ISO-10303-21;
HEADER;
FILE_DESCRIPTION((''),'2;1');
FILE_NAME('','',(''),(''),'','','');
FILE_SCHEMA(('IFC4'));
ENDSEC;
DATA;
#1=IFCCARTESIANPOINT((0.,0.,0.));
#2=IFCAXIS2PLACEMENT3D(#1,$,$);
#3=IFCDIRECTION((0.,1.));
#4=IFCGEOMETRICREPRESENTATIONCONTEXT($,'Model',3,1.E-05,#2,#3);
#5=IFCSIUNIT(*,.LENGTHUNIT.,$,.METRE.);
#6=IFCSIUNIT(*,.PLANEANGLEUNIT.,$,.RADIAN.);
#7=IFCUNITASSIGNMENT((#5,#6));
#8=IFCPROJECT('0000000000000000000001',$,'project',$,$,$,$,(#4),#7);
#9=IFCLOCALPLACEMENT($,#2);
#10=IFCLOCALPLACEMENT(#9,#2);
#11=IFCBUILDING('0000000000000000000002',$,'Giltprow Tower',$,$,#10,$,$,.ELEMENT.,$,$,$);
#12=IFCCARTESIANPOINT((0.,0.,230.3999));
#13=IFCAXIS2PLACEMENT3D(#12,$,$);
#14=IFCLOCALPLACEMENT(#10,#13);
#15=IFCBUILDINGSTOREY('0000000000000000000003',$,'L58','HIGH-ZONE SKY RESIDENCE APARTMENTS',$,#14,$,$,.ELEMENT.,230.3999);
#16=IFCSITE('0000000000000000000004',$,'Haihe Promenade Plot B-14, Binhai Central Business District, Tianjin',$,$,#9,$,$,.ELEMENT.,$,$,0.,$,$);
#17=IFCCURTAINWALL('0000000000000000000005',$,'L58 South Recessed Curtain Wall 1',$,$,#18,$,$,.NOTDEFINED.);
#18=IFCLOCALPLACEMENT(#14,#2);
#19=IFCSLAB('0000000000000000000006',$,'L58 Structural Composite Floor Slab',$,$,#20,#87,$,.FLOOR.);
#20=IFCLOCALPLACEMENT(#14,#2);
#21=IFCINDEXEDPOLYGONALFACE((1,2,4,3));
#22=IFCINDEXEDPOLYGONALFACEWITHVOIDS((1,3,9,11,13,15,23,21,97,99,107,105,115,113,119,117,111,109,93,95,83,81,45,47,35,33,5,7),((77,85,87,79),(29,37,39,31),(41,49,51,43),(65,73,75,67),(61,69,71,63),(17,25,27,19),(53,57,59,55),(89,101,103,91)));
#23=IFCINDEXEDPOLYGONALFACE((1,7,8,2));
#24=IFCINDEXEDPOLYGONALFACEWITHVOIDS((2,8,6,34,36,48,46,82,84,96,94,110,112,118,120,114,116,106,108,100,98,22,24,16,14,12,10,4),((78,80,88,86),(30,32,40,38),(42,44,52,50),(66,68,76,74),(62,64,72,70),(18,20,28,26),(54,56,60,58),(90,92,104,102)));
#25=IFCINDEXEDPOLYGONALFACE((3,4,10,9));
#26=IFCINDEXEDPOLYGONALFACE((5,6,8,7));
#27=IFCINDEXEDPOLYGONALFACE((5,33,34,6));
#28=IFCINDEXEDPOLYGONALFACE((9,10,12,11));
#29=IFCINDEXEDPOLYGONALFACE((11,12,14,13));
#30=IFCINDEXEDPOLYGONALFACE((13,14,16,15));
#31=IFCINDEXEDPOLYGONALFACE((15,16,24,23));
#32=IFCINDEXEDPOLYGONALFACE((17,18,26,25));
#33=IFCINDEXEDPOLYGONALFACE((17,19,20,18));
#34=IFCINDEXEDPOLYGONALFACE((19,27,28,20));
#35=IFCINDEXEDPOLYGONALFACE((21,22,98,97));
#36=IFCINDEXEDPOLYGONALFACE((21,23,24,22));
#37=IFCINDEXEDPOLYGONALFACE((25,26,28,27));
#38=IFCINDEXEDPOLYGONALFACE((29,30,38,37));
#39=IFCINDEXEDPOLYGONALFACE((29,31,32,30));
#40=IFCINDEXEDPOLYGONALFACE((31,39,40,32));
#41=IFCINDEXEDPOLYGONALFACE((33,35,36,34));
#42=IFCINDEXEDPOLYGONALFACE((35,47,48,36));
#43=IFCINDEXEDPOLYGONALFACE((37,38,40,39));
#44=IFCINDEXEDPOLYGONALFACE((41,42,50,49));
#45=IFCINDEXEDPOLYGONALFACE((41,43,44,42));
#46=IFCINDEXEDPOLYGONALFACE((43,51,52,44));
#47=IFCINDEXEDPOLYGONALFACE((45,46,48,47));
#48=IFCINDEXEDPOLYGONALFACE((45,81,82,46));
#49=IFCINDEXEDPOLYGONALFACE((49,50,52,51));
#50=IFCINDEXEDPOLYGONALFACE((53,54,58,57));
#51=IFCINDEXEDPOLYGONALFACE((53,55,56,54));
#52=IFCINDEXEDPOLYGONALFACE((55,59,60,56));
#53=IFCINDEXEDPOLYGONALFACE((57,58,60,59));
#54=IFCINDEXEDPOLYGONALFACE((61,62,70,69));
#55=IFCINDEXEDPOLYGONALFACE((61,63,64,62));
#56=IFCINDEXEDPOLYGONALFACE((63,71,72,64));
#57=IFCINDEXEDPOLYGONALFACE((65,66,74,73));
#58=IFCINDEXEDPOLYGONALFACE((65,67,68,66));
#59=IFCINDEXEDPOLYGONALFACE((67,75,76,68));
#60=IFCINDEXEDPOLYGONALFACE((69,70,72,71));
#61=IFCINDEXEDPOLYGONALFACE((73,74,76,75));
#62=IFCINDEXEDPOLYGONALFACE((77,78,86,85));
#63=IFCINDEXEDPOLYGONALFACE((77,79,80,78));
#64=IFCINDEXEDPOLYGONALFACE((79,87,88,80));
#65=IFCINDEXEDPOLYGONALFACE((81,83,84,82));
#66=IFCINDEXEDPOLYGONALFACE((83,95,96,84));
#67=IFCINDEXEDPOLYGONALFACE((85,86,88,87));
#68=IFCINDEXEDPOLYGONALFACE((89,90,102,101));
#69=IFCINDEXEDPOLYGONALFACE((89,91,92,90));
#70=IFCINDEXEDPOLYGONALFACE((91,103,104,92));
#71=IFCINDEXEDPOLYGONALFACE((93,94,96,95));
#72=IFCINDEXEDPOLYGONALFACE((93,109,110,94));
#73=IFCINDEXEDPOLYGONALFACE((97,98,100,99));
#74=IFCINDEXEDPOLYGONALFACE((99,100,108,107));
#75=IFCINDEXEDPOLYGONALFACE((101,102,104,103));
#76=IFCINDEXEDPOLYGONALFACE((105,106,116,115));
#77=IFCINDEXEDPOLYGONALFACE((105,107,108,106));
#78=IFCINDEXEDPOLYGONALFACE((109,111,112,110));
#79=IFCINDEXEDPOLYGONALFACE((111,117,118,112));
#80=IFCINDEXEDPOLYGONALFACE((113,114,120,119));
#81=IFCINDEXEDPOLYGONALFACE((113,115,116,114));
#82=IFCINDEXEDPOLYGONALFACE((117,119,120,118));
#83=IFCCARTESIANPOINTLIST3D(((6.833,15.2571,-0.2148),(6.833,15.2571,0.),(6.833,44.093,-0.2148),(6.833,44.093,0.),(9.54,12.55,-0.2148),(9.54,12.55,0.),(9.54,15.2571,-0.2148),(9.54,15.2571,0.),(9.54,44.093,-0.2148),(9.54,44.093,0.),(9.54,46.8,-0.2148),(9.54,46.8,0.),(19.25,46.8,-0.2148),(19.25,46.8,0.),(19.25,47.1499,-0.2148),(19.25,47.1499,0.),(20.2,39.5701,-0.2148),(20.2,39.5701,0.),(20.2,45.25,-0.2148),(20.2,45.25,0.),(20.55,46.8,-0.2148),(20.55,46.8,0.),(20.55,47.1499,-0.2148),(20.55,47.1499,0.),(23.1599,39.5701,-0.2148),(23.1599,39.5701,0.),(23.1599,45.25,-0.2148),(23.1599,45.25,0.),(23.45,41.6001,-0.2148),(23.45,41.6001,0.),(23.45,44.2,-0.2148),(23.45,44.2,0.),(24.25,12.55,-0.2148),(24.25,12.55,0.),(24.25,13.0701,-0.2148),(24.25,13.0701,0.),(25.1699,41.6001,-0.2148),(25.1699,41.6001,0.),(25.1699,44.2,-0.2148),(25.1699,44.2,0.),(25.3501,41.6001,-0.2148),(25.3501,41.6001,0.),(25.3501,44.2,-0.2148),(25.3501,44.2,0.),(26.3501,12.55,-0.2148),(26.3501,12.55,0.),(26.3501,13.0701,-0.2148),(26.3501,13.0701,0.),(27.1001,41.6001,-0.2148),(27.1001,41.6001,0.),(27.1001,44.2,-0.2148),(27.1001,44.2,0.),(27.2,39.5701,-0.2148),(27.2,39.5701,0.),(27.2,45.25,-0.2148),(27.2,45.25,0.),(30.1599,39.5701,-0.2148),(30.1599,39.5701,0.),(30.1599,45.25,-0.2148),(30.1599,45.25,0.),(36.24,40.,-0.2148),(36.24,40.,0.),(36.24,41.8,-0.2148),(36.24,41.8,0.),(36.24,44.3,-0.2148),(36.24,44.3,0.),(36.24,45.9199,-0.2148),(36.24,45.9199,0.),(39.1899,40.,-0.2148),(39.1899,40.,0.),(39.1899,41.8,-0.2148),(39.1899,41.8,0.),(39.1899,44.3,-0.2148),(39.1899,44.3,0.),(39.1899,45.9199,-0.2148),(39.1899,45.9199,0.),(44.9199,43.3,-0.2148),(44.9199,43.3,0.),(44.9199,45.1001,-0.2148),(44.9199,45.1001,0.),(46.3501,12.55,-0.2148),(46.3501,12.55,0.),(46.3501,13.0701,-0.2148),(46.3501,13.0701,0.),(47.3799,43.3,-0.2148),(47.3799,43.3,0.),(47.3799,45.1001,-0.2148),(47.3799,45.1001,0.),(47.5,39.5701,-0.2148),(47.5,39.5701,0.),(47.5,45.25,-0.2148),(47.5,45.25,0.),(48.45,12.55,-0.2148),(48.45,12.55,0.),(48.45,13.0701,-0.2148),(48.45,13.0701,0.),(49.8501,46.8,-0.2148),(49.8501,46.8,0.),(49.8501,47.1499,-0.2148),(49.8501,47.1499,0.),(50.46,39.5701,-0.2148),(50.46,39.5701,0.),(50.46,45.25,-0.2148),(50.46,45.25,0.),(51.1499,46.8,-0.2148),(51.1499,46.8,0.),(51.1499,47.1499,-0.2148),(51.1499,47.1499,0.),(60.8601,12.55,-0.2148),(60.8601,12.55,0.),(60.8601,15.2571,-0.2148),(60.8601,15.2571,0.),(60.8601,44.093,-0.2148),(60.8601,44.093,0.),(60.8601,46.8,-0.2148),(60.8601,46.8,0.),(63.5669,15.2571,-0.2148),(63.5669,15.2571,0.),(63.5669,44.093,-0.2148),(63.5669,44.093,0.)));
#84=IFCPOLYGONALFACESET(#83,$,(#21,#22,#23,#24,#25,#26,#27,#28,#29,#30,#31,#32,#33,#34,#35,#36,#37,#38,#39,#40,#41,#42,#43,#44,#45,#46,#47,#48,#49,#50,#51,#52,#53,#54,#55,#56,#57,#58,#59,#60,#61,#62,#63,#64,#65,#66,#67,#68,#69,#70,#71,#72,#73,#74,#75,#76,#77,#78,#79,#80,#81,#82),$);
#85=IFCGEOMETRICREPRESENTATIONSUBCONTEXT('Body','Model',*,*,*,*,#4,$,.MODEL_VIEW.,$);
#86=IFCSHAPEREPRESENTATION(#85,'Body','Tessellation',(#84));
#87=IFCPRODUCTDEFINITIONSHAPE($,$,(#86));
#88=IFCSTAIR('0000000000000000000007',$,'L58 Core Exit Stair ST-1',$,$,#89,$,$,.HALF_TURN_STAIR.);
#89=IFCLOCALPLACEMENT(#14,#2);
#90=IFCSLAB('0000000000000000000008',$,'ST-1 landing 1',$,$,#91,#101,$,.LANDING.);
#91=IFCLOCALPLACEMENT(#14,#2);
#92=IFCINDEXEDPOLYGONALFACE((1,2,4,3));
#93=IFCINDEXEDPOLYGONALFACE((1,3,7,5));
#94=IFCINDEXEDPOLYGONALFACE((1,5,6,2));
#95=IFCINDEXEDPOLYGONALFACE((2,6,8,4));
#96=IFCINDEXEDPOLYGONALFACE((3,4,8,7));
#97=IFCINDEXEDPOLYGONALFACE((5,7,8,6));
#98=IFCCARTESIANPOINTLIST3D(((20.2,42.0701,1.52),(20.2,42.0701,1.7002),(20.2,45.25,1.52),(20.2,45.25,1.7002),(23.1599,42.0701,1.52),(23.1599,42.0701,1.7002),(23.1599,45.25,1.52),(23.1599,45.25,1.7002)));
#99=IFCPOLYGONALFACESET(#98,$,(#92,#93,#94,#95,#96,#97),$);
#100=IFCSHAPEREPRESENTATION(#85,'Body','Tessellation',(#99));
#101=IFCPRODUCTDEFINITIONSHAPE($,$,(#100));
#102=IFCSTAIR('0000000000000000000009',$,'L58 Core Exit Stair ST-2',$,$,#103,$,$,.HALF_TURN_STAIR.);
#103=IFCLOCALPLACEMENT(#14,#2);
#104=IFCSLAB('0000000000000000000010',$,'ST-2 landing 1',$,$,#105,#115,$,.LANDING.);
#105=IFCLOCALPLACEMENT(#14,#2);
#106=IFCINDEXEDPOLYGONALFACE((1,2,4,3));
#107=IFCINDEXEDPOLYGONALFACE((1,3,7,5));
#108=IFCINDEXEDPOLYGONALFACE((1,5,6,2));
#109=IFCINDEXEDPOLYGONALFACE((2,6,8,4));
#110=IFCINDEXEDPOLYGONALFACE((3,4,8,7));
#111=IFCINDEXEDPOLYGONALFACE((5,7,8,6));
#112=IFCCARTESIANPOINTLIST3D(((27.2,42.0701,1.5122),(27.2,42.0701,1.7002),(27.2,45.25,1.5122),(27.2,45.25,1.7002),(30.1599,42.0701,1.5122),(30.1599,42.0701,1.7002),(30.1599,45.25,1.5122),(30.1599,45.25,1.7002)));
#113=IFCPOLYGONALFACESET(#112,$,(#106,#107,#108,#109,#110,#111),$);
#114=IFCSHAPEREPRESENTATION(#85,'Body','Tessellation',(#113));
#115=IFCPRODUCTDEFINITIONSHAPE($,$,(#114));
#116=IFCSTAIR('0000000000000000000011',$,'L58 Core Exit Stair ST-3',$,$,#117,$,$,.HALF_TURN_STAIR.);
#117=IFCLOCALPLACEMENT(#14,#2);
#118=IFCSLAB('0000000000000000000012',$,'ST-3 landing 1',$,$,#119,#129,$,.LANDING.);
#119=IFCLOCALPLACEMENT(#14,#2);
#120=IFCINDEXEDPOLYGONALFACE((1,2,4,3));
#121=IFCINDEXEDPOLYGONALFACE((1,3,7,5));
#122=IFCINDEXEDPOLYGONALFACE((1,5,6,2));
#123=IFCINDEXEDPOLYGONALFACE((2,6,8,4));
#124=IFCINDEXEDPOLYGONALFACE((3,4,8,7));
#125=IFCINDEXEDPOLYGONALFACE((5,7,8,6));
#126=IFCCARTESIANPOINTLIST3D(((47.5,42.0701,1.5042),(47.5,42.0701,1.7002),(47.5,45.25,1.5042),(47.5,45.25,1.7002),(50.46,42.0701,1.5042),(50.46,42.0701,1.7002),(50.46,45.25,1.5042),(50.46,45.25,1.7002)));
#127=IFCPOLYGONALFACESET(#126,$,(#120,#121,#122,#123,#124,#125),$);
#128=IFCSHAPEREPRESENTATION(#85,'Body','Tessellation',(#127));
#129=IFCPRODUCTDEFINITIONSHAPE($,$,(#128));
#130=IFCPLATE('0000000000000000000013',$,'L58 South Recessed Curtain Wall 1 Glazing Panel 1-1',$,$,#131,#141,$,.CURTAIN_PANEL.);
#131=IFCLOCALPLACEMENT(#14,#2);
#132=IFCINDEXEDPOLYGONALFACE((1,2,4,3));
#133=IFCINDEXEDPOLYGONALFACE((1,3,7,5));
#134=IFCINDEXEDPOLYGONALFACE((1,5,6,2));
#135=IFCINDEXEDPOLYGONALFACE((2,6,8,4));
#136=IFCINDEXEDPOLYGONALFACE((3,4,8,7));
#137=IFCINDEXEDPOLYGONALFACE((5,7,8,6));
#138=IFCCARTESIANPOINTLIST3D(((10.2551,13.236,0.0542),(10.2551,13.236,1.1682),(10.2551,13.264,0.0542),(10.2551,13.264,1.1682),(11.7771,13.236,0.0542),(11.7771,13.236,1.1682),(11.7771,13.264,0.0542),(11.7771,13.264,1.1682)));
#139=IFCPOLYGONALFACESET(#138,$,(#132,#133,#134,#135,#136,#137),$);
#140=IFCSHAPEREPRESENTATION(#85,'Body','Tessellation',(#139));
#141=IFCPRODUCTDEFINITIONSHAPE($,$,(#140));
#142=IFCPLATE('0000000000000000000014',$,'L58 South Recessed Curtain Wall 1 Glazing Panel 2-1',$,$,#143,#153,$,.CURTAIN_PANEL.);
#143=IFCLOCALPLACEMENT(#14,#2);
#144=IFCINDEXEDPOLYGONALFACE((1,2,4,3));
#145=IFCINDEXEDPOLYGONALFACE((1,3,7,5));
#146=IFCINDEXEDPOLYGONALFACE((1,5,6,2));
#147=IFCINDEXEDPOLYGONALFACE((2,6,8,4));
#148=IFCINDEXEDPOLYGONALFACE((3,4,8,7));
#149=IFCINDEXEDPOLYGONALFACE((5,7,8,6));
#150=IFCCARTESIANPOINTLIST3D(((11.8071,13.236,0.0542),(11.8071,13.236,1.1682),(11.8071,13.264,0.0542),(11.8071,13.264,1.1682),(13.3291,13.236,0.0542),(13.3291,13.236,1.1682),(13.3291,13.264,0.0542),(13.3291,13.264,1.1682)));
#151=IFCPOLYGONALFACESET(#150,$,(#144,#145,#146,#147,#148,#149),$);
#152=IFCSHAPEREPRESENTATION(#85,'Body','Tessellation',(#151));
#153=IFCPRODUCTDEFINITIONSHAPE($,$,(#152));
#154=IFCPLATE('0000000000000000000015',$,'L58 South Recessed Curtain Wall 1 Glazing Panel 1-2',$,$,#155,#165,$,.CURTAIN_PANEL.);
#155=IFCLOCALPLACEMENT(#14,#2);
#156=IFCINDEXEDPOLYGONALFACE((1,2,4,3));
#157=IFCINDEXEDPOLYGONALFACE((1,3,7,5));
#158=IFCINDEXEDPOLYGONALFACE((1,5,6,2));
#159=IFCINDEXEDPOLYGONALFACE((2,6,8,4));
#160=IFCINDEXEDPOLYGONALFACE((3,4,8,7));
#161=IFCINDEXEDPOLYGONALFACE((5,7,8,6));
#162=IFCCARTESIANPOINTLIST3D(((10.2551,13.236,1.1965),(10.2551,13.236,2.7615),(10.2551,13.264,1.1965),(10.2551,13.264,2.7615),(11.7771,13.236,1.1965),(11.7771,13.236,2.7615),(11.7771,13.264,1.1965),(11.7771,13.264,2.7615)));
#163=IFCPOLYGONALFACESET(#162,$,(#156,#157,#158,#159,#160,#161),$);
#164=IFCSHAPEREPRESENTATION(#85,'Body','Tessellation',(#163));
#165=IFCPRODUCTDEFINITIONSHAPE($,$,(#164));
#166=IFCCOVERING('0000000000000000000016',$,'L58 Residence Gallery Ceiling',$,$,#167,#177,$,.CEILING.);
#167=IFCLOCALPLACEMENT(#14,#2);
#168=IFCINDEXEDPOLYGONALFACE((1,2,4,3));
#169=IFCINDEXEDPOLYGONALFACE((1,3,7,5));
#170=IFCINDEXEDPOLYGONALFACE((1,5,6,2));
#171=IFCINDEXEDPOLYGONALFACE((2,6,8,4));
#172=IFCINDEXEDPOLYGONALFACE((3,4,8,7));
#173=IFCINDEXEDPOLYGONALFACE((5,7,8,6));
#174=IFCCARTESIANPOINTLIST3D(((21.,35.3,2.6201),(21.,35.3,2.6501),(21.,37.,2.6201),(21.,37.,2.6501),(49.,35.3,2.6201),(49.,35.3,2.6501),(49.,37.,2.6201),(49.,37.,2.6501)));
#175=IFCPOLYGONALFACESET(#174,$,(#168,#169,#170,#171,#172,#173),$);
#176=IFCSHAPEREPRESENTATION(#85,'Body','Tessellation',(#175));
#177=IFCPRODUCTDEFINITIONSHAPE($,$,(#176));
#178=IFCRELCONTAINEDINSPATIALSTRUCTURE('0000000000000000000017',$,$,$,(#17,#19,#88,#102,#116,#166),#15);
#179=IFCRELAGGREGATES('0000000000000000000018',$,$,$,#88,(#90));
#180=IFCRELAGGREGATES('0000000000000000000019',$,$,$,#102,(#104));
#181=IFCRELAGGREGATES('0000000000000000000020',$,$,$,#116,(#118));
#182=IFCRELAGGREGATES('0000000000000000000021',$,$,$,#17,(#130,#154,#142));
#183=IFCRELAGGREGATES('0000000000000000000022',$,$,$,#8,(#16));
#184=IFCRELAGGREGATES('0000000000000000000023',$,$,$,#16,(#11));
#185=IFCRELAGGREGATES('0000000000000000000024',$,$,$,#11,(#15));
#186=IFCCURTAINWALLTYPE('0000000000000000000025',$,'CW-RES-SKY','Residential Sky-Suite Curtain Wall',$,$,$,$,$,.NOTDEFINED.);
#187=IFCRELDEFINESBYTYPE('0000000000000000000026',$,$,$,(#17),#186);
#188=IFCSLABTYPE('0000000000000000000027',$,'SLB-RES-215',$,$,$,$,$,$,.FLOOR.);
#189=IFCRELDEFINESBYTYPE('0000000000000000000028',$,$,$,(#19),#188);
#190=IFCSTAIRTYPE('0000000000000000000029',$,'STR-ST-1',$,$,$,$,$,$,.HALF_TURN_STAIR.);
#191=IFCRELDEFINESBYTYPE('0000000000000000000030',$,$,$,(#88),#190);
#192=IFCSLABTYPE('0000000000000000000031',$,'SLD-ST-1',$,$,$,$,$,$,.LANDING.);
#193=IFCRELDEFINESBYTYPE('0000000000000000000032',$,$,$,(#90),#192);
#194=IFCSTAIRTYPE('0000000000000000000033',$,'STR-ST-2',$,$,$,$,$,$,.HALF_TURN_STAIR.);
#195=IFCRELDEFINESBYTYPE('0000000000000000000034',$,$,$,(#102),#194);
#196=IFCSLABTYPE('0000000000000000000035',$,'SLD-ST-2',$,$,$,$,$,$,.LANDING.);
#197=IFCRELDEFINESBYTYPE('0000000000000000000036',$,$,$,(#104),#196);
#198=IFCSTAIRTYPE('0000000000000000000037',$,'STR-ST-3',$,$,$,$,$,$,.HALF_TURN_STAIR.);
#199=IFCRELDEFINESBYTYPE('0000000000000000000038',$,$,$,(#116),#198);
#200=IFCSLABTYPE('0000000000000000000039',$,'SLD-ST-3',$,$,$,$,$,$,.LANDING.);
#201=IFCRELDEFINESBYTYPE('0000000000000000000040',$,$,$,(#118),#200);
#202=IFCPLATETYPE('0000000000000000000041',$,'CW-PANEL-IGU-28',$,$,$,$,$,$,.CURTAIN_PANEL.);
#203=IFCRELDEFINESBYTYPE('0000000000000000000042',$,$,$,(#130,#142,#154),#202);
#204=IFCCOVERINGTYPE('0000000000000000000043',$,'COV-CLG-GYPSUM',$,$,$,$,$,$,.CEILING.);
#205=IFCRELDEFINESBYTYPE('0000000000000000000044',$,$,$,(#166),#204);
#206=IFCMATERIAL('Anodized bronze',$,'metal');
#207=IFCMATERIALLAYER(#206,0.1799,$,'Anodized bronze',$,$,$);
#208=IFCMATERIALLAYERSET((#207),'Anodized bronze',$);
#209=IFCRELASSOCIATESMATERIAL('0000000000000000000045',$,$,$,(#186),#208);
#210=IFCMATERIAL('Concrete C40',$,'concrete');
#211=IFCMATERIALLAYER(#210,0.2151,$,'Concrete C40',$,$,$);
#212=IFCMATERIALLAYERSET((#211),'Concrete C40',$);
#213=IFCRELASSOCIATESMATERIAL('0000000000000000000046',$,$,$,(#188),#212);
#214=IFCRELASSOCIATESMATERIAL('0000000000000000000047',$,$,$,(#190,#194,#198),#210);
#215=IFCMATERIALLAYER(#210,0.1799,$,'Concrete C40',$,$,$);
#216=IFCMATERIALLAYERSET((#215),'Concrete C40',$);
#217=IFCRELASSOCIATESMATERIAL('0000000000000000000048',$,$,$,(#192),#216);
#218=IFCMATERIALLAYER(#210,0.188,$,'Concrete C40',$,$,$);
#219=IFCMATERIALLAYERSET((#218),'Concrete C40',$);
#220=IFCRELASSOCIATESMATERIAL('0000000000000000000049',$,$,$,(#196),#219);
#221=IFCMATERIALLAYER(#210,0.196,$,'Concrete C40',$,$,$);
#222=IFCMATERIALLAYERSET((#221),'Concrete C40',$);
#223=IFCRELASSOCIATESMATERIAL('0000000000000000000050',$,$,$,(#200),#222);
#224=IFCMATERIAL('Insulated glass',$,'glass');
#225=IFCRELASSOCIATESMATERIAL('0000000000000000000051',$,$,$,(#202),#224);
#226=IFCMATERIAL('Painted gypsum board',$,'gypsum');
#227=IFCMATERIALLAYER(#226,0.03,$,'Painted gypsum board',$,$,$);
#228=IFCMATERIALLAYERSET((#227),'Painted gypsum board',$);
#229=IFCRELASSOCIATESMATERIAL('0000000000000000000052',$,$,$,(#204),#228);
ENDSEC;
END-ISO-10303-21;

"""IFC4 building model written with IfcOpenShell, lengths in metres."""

from ifc_helpers import new_model, si_unit, direction, frame, origin, origin_2d, place, context, subcontext, project, spatial, polyline, rectangle, outline, extrude, source, transform, mapped, material, layer, layer_set, type_object, element, aggregate, save


model = new_model("IFC4")

# Units and contexts
model_context = context("Model", 3, precision=1e-05, world=origin(), true_north=direction((0.0, 1.0)))
body_context = subcontext(model_context, "Body", "Model", "MODEL_VIEW")
ifc_project = project(units=[si_unit("LENGTHUNIT", "METRE"), si_unit("PLANEANGLEUNIT", "RADIAN")], contexts=[model_context])

# Site, building, storey
site_placement = place(None, origin())
site = spatial("IfcSite", under=ifc_project, at=site_placement, Name="Haihe Promenade Plot B-14, Binhai Central Business District, Tianjin", CompositionType="ELEMENT", RefElevation=0.0)
building_placement = place(site_placement, origin())
building = spatial("IfcBuilding", under=site, at=building_placement, Name="Giltprow Tower", CompositionType="ELEMENT")
storey_placement = place(building_placement, frame((0.0, 0.0, 230.3999)))
storey = spatial("IfcBuildingStorey", under=building, at=storey_placement, Name="L58", Description="HIGH-ZONE SKY RESIDENCE APARTMENTS", CompositionType="ELEMENT", Elevation=230.3999)

# Curtain wall
ifc_material_1 = material(Name="Anodized bronze", Category="metal")
ifc_layer_1 = layer(ifc_material_1, 0.1799, Name="Anodized bronze")
ifc_layer_set_1 = layer_set([ifc_layer_1], Name="Anodized bronze")
curtain_wall_type = type_object("IfcCurtainWallType", Name="CW-RES-SKY", Description="Residential Sky-Suite Curtain Wall", PredefinedType="NOTDEFINED", material=ifc_layer_set_1)
curtain_wall_placement = place(storey_placement, origin())
curtain_wall = element("IfcCurtainWall", 1, at=curtain_wall_placement, inside=storey, type_object=curtain_wall_type, Name="L58 South Recessed Curtain Wall 1", PredefinedType="NOTDEFINED")

# Slab
ifc_material_2 = material(Name="Concrete C40", Category="concrete")
ifc_layer_2 = layer(ifc_material_2, 0.2151, Name="Concrete C40")
ifc_layer_set_2 = layer_set([ifc_layer_2], Name="Concrete C40")
slab_type_1 = type_object("IfcSlabType", Name="SLB-RES-215", PredefinedType="FLOOR", material=ifc_layer_set_2)
slab_1_placement = place(storey_placement, frame((0.0, 0.0, -0.2148)))
element("IfcSlab", 2, at=slab_1_placement, inside=storey, type_object=slab_type_1, Name="L58 Structural Composite Floor Slab", PredefinedType="FLOOR", context=body_context, shape_type="SweptSolid", body=[
    extrude(outline(polyline([(63.5669, 44.093), (63.5669, 15.2571), (60.8601, 15.2571), (60.8601, 12.55), (48.45, 12.55), (48.45, 13.0701), (46.3501, 13.0701), (46.3501, 12.55), (26.3501, 12.55), (26.3501, 13.0701), (24.25, 13.0701), (24.25, 12.55), (9.54, 12.55), (9.54, 15.2571), (6.833, 15.2571), (6.833, 44.093), (9.54, 44.093), (9.54, 46.8), (19.25, 46.8), (19.25, 47.1499), (20.55, 47.1499), (20.55, 46.8), (49.8501, 46.8), (49.8501, 47.1499), (51.1499, 47.1499), (51.1499, 46.8), (60.8601, 46.8), (60.8601, 44.093), (63.5669, 44.093)]), holes=[polyline([(39.1899, 41.8), (36.24, 41.8), (36.24, 40.0), (39.1899, 40.0), (39.1899, 41.8)]), polyline([(23.1599, 39.5701), (23.1599, 45.25), (20.2, 45.25), (20.2, 39.5701), (23.1599, 39.5701)]), polyline([(30.1599, 39.5701), (30.1599, 45.25), (27.2, 45.25), (27.2, 39.5701), (30.1599, 39.5701)]), polyline([(50.46, 45.25), (47.5, 45.25), (47.5, 39.5701), (50.46, 39.5701), (50.46, 45.25)]), polyline([(25.1699, 44.2), (23.45, 44.2), (23.45, 41.6001), (25.1699, 41.6001), (25.1699, 44.2)]), polyline([(27.1001, 44.2), (25.3501, 44.2), (25.3501, 41.6001), (27.1001, 41.6001), (27.1001, 44.2)]), polyline([(47.3799, 43.3), (47.3799, 45.1001), (44.9199, 45.1001), (44.9199, 43.3), (47.3799, 43.3)]), polyline([(39.1899, 44.3), (39.1899, 45.9199), (36.24, 45.9199), (36.24, 44.3), (39.1899, 44.3)])]), origin(), (0.0, 0.0, 1.0), 0.2148),
])

# Stairs, slabs
stair_type_1 = type_object("IfcStairType", Name="STR-ST-1", PredefinedType="HALF_TURN_STAIR", material=ifc_material_2)
stair_1_placement = place(storey_placement, origin())
stair_1 = element("IfcStair", 3, at=stair_1_placement, inside=storey, type_object=stair_type_1, Name="L58 Core Exit Stair ST-1", PredefinedType="HALF_TURN_STAIR")
ifc_layer_3 = layer(ifc_material_2, 0.1799, Name="Concrete C40")
ifc_layer_set_3 = layer_set([ifc_layer_3], Name="Concrete C40")
slab_type_2 = type_object("IfcSlabType", Name="SLD-ST-1", PredefinedType="LANDING", material=ifc_layer_set_3)
slab_2_placement = place(storey_placement, frame((0.0, 0.0, 1.52)))
slab_2 = element("IfcSlab", 4, at=slab_2_placement, type_object=slab_type_2, Name="ST-1 landing 1", PredefinedType="LANDING", context=body_context, shape_type="SweptSolid", body=[
    extrude(outline(polyline([(23.1599, 42.0701), (23.1599, 45.25), (20.2, 45.25), (20.2, 42.0701), (23.1599, 42.0701)])), origin(), (0.0, 0.0, 1.0), 0.1802),
])
aggregate(stair_1, [slab_2])
stair_type_2 = type_object("IfcStairType", Name="STR-ST-2", PredefinedType="HALF_TURN_STAIR", material=ifc_material_2)
stair_2_placement = place(storey_placement, origin())
stair_2 = element("IfcStair", 5, at=stair_2_placement, inside=storey, type_object=stair_type_2, Name="L58 Core Exit Stair ST-2", PredefinedType="HALF_TURN_STAIR")
ifc_layer_4 = layer(ifc_material_2, 0.188, Name="Concrete C40")
ifc_layer_set_4 = layer_set([ifc_layer_4], Name="Concrete C40")
slab_type_3 = type_object("IfcSlabType", Name="SLD-ST-2", PredefinedType="LANDING", material=ifc_layer_set_4)
slab_3_placement = place(storey_placement, frame((0.0, 0.0, 1.5122)))
slab_3 = element("IfcSlab", 6, at=slab_3_placement, type_object=slab_type_3, Name="ST-2 landing 1", PredefinedType="LANDING", context=body_context, shape_type="SweptSolid", body=[
    extrude(outline(polyline([(30.1599, 42.0701), (30.1599, 45.25), (27.2, 45.25), (27.2, 42.0701), (30.1599, 42.0701)])), origin(), (0.0, 0.0, 1.0), 0.188),
])
aggregate(stair_2, [slab_3])
stair_type_3 = type_object("IfcStairType", Name="STR-ST-3", PredefinedType="HALF_TURN_STAIR", material=ifc_material_2)
stair_3_placement = place(storey_placement, origin())
stair_3 = element("IfcStair", 7, at=stair_3_placement, inside=storey, type_object=stair_type_3, Name="L58 Core Exit Stair ST-3", PredefinedType="HALF_TURN_STAIR")
ifc_layer_5 = layer(ifc_material_2, 0.196, Name="Concrete C40")
ifc_layer_set_5 = layer_set([ifc_layer_5], Name="Concrete C40")
slab_type_4 = type_object("IfcSlabType", Name="SLD-ST-3", PredefinedType="LANDING", material=ifc_layer_set_5)
slab_4_placement = place(storey_placement, frame((0.0, 0.0, 1.5042)))
slab_4 = element("IfcSlab", 8, at=slab_4_placement, type_object=slab_type_4, Name="ST-3 landing 1", PredefinedType="LANDING", context=body_context, shape_type="SweptSolid", body=[
    extrude(outline(polyline([(50.46, 42.0701), (50.46, 45.25), (47.5, 45.25), (47.5, 42.0701), (50.46, 42.0701)])), origin(), (0.0, 0.0, 1.0), 0.196),
])
aggregate(stair_3, [slab_4])

# Plates
ifc_material_3 = material(Name="Insulated glass", Category="glass")
plate_type = type_object("IfcPlateType", Name="CW-PANEL-IGU-28", PredefinedType="CURTAIN_PANEL", material=ifc_material_3)
shared_shape_1 = source(origin(), body_context, "Body", "SweptSolid", [
    extrude(rectangle(XDim=1.522, YDim=0.0281, at=origin_2d()), origin(), (0.0, 0.0, 1.0), 1.114),
])
plate_1_placement = place(storey_placement, frame((11.0161, 13.25, 0.0542), z_axis=(0.0, 0.0, 1.0), x_axis=(1.0, 0.0, 0.0)))
plate_1 = element("IfcPlate", 9, at=plate_1_placement, type_object=plate_type, Name="L58 South Recessed Curtain Wall 1 Glazing Panel 1-1", PredefinedType="CURTAIN_PANEL", context=body_context, shape_type="MappedRepresentation", body=[
    mapped(shared_shape_1, transform((0.0, 0.0, 0.0), x_axis=(1.0, 0.0, 0.0), y_axis=(0.0, 1.0, 0.0), z_axis=(0.0, 0.0, 1.0), scale=1.0)),
])
plate_2_placement = place(storey_placement, frame((12.5681, 13.25, 0.0542), z_axis=(0.0, 0.0, 1.0), x_axis=(1.0, 0.0, 0.0)))
plate_2 = element("IfcPlate", 10, at=plate_2_placement, type_object=plate_type, Name="L58 South Recessed Curtain Wall 1 Glazing Panel 2-1", PredefinedType="CURTAIN_PANEL", context=body_context, shape_type="MappedRepresentation", body=[
    mapped(shared_shape_1, transform((0.0, 0.0, 0.0), x_axis=(1.0, 0.0, 0.0), y_axis=(0.0, 1.0, 0.0), z_axis=(0.0, 0.0, 1.0), scale=1.0)),
])
shared_shape_2 = source(origin(), body_context, "Body", "SweptSolid", [
    extrude(rectangle(XDim=1.522, YDim=0.0281, at=origin_2d()), origin(), (0.0, 0.0, 1.0), 1.5649),
])
plate_3_placement = place(storey_placement, frame((11.0161, 13.25, 1.1965), z_axis=(0.0, 0.0, 1.0), x_axis=(1.0, 0.0, 0.0)))
plate_3 = element("IfcPlate", 11, at=plate_3_placement, type_object=plate_type, Name="L58 South Recessed Curtain Wall 1 Glazing Panel 1-2", PredefinedType="CURTAIN_PANEL", context=body_context, shape_type="MappedRepresentation", body=[
    mapped(shared_shape_2, transform((0.0, 0.0, 0.0), x_axis=(1.0, 0.0, 0.0), y_axis=(0.0, 1.0, 0.0), z_axis=(0.0, 0.0, 1.0), scale=1.0)),
])
aggregate(curtain_wall, [plate_1, plate_3, plate_2])

# Covering
ifc_material_4 = material(Name="Painted gypsum board", Category="gypsum")
ifc_layer_6 = layer(ifc_material_4, 0.03, Name="Painted gypsum board")
ifc_layer_set_6 = layer_set([ifc_layer_6], Name="Painted gypsum board")
covering_type_1 = type_object("IfcCoveringType", Name="COV-CLG-GYPSUM", PredefinedType="CEILING", material=ifc_layer_set_6)
covering_1_placement = place(storey_placement, frame((0.0, 0.0, 2.6201)))
element("IfcCovering", 12, at=covering_1_placement, inside=storey, type_object=covering_type_1, Name="L58 Residence Gallery Ceiling", PredefinedType="CEILING", context=body_context, shape_type="SweptSolid", body=[
    extrude(outline(polyline([(21.0, 35.3), (49.0, 35.3), (49.0, 37.0), (21.0, 37.0), (21.0, 35.3)])), origin(), (0.0, 0.0, 1.0), 0.03),
])

save(model, "model.ifc")
